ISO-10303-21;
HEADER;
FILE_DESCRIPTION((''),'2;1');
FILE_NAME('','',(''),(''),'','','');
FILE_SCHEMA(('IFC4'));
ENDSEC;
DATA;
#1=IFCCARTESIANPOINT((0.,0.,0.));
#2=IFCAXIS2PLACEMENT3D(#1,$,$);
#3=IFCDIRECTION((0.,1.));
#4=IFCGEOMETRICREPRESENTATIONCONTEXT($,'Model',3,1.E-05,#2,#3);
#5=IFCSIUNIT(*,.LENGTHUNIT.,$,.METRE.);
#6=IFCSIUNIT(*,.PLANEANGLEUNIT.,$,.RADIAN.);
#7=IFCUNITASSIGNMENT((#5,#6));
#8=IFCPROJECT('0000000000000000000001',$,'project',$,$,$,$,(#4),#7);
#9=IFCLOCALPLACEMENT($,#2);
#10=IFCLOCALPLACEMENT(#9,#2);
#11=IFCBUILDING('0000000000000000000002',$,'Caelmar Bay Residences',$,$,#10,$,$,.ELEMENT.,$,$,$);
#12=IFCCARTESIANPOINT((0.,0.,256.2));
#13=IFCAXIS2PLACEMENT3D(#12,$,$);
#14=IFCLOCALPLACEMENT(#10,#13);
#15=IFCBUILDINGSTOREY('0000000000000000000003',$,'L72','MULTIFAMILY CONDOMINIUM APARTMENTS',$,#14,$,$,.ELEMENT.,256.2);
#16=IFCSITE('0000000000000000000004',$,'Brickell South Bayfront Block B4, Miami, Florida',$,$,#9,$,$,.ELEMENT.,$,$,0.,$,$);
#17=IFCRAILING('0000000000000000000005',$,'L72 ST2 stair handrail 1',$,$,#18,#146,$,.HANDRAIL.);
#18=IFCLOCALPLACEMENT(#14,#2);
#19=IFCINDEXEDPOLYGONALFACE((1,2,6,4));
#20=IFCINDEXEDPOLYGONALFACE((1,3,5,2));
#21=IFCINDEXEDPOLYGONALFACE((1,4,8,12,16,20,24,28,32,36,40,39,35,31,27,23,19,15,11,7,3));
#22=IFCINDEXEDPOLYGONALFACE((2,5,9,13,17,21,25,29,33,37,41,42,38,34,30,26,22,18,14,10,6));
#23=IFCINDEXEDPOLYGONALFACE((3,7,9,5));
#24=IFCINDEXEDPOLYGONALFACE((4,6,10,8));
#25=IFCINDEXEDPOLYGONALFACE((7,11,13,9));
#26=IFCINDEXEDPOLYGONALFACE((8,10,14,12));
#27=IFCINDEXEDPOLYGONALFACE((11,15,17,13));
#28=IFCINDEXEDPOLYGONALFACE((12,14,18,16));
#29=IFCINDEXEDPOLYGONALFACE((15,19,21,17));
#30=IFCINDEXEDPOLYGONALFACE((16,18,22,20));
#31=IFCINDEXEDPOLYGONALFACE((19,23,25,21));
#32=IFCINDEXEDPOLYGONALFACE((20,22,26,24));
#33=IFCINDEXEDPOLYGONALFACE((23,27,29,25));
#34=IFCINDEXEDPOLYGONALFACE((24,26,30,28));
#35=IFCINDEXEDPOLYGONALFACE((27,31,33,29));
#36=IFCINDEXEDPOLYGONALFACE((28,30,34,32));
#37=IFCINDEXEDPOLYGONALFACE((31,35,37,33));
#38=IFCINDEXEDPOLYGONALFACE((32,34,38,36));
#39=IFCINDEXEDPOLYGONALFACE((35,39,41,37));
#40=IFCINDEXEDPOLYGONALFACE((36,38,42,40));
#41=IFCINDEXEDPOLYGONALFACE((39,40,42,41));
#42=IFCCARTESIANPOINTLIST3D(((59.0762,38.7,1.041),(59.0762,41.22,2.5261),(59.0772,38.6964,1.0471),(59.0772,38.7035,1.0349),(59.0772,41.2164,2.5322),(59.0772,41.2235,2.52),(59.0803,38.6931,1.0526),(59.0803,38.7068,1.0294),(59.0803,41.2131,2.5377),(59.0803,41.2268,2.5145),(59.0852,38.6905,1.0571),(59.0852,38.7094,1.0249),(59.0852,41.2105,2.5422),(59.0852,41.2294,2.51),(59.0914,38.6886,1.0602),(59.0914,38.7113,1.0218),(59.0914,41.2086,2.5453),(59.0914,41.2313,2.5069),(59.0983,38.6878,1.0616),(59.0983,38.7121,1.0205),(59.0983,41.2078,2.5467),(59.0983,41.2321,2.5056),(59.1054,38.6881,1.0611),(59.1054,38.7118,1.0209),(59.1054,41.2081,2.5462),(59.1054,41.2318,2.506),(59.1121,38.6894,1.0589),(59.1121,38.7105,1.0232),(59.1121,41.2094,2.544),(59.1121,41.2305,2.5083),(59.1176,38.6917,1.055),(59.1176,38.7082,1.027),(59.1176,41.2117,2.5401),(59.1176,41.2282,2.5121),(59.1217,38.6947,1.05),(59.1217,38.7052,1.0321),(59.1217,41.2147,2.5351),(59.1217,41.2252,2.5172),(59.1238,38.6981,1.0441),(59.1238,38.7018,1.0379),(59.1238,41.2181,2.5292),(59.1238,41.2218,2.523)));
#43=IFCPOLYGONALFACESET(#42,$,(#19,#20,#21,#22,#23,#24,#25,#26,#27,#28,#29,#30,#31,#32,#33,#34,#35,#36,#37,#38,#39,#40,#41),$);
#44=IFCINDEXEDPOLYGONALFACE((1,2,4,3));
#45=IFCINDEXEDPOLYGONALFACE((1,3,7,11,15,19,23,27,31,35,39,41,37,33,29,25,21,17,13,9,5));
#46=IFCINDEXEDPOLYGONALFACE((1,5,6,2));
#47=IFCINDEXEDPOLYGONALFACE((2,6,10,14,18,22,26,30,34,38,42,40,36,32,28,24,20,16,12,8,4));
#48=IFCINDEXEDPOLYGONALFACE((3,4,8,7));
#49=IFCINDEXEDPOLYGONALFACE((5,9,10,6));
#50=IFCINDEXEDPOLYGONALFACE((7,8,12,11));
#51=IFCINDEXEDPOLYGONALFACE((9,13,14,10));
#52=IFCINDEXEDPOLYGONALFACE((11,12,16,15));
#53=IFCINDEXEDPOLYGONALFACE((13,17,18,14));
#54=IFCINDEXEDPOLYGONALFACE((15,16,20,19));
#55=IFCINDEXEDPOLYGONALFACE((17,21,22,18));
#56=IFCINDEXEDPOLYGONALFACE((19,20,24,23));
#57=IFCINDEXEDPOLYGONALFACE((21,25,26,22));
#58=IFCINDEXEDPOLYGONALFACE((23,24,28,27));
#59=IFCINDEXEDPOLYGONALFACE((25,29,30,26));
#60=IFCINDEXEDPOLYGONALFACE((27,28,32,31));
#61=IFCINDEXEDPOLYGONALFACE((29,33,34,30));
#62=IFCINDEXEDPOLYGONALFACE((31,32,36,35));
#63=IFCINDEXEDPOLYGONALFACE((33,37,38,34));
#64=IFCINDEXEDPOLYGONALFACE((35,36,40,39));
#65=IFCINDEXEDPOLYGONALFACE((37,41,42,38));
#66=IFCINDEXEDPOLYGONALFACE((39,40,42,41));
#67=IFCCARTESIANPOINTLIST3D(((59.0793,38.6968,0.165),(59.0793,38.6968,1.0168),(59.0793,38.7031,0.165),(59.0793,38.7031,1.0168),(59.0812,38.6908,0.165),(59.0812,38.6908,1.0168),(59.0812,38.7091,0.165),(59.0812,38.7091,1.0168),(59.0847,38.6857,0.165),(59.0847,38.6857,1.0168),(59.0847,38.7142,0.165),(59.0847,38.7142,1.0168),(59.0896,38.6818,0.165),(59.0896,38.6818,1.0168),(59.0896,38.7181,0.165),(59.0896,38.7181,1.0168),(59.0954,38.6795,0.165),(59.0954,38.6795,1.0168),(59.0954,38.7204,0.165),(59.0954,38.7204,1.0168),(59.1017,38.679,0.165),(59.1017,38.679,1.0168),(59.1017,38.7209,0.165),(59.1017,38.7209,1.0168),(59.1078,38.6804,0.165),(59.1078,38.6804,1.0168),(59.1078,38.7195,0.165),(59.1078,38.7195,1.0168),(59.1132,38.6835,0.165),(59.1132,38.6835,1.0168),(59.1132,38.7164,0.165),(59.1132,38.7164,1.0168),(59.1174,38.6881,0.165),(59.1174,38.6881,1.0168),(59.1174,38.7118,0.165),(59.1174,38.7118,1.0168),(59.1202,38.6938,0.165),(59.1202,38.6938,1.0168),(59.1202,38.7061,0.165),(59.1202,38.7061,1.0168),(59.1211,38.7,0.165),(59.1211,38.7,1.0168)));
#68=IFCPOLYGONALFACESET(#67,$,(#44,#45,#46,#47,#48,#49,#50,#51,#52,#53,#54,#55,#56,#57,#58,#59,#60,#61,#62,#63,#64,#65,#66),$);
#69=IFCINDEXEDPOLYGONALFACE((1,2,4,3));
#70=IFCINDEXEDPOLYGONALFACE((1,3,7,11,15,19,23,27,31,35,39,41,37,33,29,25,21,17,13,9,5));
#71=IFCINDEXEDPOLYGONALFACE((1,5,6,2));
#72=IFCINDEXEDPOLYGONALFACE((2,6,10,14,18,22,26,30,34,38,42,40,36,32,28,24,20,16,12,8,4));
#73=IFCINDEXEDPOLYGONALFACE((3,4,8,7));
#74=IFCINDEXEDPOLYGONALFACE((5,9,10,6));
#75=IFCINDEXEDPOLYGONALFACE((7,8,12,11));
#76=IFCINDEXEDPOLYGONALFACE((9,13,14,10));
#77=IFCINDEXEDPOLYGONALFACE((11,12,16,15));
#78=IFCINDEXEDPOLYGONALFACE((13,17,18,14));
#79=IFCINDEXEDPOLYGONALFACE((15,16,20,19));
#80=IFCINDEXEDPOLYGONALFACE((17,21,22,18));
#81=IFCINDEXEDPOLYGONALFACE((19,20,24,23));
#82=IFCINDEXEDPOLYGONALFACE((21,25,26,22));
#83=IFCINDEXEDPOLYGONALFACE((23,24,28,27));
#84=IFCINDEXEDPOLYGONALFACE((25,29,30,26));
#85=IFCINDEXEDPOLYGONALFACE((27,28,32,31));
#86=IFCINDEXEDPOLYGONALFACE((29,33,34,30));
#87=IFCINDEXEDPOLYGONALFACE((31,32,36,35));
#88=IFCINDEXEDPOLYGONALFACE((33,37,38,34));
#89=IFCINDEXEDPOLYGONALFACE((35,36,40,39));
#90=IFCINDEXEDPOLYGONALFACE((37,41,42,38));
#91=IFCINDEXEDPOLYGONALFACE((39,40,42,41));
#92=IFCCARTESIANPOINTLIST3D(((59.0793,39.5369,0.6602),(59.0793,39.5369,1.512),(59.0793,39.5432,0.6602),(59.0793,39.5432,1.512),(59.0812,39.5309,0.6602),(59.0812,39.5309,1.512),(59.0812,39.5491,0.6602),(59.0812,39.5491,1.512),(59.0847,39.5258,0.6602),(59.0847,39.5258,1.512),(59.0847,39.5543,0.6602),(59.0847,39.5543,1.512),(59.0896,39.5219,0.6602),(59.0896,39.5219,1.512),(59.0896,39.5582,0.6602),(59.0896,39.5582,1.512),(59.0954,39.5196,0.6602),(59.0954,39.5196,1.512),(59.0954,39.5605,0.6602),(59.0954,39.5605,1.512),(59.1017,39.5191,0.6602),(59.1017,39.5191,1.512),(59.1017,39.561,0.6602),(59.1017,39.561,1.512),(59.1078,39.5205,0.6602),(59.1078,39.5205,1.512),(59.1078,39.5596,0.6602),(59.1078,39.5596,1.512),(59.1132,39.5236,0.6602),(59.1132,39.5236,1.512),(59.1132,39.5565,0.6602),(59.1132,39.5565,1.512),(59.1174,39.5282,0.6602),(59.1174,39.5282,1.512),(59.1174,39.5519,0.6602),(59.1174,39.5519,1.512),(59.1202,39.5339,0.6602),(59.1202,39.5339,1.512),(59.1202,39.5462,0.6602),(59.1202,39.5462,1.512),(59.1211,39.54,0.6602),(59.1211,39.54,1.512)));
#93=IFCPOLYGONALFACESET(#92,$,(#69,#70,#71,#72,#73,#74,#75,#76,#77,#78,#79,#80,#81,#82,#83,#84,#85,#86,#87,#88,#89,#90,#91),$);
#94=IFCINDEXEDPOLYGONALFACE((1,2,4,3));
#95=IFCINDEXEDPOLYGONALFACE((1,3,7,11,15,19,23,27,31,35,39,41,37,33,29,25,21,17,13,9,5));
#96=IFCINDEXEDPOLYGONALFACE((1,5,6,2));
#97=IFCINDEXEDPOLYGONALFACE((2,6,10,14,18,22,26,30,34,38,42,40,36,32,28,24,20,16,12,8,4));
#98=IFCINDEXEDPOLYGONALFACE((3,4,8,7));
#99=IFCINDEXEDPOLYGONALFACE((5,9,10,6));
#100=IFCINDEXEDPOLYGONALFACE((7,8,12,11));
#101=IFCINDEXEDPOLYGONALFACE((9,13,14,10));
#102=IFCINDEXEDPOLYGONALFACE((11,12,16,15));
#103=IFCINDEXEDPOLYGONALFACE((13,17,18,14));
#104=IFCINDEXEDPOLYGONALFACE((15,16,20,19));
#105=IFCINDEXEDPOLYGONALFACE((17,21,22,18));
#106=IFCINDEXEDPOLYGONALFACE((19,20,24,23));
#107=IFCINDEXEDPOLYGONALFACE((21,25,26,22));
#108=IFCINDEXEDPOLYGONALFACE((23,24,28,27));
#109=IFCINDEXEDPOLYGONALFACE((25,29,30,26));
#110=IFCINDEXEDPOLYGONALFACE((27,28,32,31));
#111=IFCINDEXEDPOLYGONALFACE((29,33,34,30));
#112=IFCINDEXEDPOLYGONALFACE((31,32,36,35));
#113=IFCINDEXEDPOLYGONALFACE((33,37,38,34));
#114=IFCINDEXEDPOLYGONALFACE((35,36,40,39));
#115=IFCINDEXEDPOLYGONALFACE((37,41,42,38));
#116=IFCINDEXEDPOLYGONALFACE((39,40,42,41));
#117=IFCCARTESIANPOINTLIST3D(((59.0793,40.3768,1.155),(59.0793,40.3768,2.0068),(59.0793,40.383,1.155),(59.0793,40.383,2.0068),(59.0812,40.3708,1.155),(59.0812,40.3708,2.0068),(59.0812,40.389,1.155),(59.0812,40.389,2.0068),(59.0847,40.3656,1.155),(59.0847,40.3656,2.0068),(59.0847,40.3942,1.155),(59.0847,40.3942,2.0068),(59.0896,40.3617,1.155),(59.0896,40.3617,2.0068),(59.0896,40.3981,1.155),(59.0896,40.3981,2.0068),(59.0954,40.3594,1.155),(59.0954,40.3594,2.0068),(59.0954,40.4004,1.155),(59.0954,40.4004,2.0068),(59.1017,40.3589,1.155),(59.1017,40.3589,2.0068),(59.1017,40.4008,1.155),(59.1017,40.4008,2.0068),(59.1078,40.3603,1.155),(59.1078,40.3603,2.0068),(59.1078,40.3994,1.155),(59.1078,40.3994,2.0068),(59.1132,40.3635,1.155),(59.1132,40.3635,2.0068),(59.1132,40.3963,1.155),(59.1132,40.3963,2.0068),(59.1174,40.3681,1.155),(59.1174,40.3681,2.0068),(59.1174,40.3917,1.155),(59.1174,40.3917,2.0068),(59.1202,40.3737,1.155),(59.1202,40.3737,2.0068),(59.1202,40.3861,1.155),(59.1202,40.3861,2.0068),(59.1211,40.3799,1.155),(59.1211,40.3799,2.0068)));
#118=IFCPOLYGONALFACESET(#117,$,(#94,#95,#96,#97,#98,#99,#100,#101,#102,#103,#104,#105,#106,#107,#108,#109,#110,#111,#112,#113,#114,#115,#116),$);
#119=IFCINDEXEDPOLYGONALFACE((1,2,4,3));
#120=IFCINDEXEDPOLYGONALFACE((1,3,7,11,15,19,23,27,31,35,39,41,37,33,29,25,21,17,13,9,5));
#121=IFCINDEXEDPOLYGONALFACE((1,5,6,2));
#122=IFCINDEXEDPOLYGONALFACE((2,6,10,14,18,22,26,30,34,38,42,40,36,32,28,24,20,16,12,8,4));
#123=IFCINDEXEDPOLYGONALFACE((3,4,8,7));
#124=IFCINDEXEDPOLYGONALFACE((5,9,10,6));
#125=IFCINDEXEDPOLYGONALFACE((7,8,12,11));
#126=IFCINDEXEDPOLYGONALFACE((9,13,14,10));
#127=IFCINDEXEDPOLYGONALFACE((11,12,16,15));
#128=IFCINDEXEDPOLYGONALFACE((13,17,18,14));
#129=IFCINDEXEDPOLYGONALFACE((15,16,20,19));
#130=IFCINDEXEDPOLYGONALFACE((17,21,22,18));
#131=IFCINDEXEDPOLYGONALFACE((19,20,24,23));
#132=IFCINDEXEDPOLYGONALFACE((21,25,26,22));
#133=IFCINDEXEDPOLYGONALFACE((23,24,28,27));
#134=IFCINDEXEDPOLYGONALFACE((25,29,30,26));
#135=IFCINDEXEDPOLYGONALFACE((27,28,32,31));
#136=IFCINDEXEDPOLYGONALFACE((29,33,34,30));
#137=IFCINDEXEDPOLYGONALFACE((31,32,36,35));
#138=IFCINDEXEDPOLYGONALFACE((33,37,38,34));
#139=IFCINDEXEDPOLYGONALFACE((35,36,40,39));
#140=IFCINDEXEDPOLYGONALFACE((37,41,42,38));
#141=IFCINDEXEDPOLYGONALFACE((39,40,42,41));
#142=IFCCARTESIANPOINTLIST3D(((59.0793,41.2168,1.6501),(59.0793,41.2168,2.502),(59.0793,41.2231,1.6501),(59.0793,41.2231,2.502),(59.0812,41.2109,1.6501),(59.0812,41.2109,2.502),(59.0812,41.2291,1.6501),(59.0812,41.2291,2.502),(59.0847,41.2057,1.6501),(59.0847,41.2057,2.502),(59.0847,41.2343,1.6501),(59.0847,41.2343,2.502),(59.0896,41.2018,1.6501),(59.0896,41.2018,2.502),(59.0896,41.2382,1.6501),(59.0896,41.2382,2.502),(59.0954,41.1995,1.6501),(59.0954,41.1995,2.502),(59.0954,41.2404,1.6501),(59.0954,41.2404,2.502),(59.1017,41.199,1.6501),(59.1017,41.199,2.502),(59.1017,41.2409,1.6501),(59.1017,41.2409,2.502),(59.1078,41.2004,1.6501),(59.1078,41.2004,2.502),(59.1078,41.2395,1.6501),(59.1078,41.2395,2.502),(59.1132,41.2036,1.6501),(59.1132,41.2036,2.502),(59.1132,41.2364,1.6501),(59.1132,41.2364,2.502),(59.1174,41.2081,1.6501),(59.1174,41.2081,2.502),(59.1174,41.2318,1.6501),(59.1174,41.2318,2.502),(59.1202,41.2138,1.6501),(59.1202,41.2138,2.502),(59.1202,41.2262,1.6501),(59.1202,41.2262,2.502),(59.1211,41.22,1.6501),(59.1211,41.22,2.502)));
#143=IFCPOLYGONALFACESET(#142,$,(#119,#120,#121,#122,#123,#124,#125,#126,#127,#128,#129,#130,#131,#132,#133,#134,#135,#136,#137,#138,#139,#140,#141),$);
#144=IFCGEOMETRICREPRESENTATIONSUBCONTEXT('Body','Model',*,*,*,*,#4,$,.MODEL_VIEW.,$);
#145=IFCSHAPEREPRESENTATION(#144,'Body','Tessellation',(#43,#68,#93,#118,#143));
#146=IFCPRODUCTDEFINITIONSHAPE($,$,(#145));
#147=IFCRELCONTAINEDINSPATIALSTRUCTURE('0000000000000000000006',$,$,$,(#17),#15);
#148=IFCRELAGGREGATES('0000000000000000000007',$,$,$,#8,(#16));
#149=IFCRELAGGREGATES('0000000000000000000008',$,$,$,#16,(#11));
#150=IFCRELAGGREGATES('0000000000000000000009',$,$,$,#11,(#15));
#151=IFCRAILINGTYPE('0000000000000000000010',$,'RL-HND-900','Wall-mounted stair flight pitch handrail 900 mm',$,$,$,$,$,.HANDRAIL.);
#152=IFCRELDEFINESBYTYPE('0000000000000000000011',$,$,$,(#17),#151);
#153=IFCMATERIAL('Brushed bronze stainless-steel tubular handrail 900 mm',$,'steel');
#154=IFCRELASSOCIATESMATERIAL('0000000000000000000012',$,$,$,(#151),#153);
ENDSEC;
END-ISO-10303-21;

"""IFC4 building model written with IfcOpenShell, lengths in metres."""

from ifc_helpers import new_model, si_unit, direction, frame, origin, origin_2d, place, context, subcontext, project, spatial, circle, extrude, material, type_object, element, save


model = new_model("IFC4")

# Units and contexts
model_context = context("Model", 3, precision=1e-05, world=origin(), true_north=direction((0.0, 1.0)))
body_context = subcontext(model_context, "Body", "Model", "MODEL_VIEW")
ifc_project = project(units=[si_unit("LENGTHUNIT", "METRE"), si_unit("PLANEANGLEUNIT", "RADIAN")], contexts=[model_context])

# Site, building, storey
site_placement = place(None, origin())
site = spatial("IfcSite", under=ifc_project, at=site_placement, Name="Brickell South Bayfront Block B4, Miami, Florida", CompositionType="ELEMENT", RefElevation=0.0)
building_placement = place(site_placement, origin())
building = spatial("IfcBuilding", under=site, at=building_placement, Name="Caelmar Bay Residences", CompositionType="ELEMENT")
storey_placement = place(building_placement, frame((0.0, 0.0, 256.2)))
storey = spatial("IfcBuildingStorey", under=building, at=storey_placement, Name="L72", Description="MULTIFAMILY CONDOMINIUM APARTMENTS", CompositionType="ELEMENT", Elevation=256.2)

# Railing
ifc_material_1 = material(Name="Brushed bronze stainless-steel tubular handrail 900 mm", Category="steel")
railing_type_1 = type_object("IfcRailingType", Name="RL-HND-900", Description="Wall-mounted stair flight pitch handrail 900 mm", PredefinedType="HANDRAIL", material=ifc_material_1)
railing_1_placement = place(storey_placement, frame((59.1001, 38.7, 0.165)))
element("IfcRailing", 1, at=railing_1_placement, inside=storey, type_object=railing_type_1, Name="L72 ST2 stair handrail 1", PredefinedType="HANDRAIL", context=body_context, shape_type="SweptSolid", body=[
    extrude(circle(Radius=0.0239, at=origin_2d()), frame((0.0, 0.0, 0.876), z_axis=(0.0, 0.861524, 0.507717), x_axis=(-1.0, 0.0, 0.0)), (0.0, 0.0, 1.0), 2.925),
    extrude(circle(Radius=0.021, at=origin_2d()), origin(), (0.0, 0.0, 1.0), 0.8518),
    extrude(circle(Radius=0.021, at=origin_2d()), frame((0.0, 0.8401, 0.4951)), (0.0, 0.0, 1.0), 0.8518),
    extrude(circle(Radius=0.021, at=origin_2d()), frame((0.0, 1.6799, 0.99)), (0.0, 0.0, 1.0), 0.8518),
    extrude(circle(Radius=0.021, at=origin_2d()), frame((0.0, 2.52, 1.4851)), (0.0, 0.0, 1.0), 0.8518),
])

save(model, "model.ifc")
